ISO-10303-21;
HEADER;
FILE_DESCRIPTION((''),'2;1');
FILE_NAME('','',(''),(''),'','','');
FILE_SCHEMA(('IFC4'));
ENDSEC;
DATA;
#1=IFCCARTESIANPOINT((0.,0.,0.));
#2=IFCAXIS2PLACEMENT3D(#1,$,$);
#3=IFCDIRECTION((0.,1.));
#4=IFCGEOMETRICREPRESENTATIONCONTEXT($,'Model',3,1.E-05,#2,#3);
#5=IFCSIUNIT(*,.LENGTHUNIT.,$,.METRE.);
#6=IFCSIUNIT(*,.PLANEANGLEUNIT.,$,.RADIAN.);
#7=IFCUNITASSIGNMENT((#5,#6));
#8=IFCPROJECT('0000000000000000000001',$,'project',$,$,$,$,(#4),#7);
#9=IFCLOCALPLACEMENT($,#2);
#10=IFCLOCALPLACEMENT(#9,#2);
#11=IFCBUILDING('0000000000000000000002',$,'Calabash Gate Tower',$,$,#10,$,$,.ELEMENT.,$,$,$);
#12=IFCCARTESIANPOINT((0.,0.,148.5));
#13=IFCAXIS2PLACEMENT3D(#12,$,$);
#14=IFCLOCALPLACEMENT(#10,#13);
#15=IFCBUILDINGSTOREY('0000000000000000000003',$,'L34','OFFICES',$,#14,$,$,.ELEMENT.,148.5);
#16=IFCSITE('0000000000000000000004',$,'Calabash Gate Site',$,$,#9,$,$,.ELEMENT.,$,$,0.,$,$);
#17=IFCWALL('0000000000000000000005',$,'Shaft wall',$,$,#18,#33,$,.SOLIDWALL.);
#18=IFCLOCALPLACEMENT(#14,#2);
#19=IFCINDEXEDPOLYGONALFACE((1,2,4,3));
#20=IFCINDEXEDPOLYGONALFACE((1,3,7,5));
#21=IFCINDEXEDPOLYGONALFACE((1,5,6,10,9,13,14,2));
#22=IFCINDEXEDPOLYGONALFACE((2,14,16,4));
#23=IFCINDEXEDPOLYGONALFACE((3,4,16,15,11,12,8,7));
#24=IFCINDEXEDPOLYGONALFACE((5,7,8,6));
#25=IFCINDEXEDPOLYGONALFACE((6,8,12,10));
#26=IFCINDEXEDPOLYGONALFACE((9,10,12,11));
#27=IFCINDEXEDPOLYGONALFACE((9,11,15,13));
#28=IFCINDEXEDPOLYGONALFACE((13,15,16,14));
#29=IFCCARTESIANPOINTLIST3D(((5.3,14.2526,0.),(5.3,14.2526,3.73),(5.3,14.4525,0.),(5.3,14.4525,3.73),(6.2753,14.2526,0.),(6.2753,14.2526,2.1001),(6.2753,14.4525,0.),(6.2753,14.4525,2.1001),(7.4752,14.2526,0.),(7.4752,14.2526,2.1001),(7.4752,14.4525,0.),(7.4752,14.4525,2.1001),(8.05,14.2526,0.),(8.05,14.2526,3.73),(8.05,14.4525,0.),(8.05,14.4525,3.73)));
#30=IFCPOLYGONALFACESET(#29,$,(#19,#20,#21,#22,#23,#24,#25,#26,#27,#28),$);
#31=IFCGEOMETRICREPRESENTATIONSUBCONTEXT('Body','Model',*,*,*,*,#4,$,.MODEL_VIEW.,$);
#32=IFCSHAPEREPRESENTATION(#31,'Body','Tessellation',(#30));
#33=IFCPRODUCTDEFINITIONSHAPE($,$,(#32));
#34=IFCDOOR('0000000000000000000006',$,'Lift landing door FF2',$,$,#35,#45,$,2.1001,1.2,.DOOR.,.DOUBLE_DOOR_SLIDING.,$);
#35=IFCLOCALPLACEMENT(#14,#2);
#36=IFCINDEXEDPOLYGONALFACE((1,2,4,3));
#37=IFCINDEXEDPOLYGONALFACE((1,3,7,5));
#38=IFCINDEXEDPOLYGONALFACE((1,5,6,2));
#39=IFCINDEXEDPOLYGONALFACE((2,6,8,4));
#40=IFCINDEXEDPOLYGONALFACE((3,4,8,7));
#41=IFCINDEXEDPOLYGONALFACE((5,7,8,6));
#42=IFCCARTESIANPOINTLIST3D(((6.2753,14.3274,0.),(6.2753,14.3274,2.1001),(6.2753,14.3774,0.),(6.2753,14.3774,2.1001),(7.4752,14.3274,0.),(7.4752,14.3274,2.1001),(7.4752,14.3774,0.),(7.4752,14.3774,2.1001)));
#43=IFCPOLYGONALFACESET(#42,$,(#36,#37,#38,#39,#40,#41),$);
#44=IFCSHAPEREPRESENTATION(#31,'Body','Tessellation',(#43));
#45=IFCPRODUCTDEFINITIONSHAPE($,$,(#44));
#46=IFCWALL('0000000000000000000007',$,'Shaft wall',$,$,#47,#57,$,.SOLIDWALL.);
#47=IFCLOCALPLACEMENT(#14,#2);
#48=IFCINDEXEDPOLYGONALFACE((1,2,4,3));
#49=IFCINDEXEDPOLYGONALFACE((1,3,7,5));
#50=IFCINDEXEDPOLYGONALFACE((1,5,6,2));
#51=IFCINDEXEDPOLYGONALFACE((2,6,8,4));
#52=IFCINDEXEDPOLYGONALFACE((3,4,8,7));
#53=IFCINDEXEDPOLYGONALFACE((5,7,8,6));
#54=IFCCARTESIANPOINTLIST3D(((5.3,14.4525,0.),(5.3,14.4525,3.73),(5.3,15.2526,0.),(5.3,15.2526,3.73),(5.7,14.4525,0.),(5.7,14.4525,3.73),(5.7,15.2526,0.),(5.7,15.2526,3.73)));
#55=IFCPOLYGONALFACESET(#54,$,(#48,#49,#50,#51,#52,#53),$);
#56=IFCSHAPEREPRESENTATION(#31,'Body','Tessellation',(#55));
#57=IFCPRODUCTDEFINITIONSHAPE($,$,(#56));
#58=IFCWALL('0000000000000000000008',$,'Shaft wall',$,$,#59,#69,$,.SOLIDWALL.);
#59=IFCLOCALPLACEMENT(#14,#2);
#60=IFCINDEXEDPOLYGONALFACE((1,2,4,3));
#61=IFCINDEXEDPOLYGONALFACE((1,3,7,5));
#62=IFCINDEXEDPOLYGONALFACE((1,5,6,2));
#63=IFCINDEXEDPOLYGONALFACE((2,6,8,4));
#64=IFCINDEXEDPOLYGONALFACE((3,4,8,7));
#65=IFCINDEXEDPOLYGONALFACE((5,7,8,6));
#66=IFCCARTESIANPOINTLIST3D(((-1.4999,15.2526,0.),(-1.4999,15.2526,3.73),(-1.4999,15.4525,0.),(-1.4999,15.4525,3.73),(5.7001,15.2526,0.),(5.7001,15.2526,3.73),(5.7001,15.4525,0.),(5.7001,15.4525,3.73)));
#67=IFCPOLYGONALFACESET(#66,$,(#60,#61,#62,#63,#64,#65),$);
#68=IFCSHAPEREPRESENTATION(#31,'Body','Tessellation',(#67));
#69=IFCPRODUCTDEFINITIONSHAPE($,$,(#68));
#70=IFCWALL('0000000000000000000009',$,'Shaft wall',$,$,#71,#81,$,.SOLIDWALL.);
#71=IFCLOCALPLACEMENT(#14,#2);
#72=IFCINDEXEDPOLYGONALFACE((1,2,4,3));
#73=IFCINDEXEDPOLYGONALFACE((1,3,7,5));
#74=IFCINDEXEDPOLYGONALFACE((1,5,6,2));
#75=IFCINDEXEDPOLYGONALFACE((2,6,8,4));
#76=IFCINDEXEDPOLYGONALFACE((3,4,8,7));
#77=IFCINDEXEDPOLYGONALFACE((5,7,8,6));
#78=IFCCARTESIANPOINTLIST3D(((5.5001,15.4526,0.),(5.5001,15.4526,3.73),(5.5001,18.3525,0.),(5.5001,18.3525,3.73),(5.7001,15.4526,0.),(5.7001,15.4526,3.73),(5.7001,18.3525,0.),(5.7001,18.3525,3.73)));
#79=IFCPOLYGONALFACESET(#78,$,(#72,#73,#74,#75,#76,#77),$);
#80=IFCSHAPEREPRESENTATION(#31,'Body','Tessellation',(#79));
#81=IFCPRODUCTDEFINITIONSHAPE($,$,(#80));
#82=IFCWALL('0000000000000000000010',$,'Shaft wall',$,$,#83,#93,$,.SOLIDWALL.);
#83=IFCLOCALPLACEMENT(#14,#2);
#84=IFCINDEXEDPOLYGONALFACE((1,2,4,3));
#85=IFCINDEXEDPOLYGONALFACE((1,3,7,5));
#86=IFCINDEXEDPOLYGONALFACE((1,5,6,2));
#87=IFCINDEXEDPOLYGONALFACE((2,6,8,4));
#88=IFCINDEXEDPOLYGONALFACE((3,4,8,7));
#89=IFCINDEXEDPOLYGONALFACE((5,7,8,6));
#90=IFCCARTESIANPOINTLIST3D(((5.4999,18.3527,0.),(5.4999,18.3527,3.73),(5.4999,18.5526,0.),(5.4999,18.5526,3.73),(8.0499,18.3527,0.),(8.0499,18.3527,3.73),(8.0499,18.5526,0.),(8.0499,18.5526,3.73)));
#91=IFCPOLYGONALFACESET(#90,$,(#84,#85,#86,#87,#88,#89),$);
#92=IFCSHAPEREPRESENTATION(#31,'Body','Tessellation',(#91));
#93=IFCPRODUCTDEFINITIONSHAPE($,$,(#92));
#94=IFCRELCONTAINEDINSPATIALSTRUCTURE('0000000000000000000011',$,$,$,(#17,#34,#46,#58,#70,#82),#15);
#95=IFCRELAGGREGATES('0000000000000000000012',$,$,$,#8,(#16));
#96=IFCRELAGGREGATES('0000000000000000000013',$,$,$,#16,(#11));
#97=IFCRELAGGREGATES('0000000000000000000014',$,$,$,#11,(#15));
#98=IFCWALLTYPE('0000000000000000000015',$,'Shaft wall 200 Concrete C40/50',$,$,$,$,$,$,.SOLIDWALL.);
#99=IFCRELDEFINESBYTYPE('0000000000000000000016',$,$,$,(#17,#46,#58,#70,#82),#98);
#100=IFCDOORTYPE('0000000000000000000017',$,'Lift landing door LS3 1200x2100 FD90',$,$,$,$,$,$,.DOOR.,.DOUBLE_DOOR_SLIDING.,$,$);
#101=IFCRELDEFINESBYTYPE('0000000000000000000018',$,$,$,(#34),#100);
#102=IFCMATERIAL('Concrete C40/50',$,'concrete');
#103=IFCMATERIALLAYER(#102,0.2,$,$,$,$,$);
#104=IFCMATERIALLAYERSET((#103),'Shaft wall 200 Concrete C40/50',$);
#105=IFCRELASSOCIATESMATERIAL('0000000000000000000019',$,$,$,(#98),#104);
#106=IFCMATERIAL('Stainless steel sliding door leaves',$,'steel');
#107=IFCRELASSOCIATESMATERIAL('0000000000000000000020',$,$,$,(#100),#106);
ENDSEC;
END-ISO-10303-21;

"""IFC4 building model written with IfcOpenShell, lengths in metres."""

from ifc_helpers import new_model, si_unit, direction, frame, frame_2d, origin, place, context, subcontext, project, spatial, rectangle, extrude, material, layer, layer_set, type_object, element, fill, save


model = new_model("IFC4")

# Units and contexts
model_context = context("Model", 3, precision=1e-05, world=origin(), true_north=direction((0.0, 1.0)))
body_context = subcontext(model_context, "Body", "Model", "MODEL_VIEW")
ifc_project = project(units=[si_unit("LENGTHUNIT", "METRE"), si_unit("PLANEANGLEUNIT", "RADIAN")], contexts=[model_context])

# Site, building, storey
site_placement = place(None, origin())
site = spatial("IfcSite", under=ifc_project, at=site_placement, Name="Calabash Gate Site", CompositionType="ELEMENT", RefElevation=0.0)
building_placement = place(site_placement, origin())
building = spatial("IfcBuilding", under=site, at=building_placement, Name="Calabash Gate Tower", CompositionType="ELEMENT")
storey_placement = place(building_placement, frame((0.0, 0.0, 148.5)))
storey = spatial("IfcBuildingStorey", under=building, at=storey_placement, Name="L34", Description="OFFICES", CompositionType="ELEMENT", Elevation=148.5)

# Shared definitions
ifc_material_1 = material(Name="Concrete C40/50", Category="concrete")
ifc_layer_1 = layer(ifc_material_1, 0.2)
ifc_layer_set_1 = layer_set([ifc_layer_1], Name="Shaft wall 200 Concrete C40/50")
wall_type_1 = type_object("IfcWallType", Name="Shaft wall 200 Concrete C40/50", PredefinedType="SOLIDWALL", material=ifc_layer_set_1)

# Wall, opening, door
wall_1_placement = place(storey_placement, frame((5.3, 14.3525, 0.0), z_axis=(0.0, 0.0, 1.0), x_axis=(1.0, 0.0, 0.0)))
wall_1 = element("IfcWall", 1, at=wall_1_placement, inside=storey, type_object=wall_type_1, Name="Shaft wall", PredefinedType="SOLIDWALL", context=body_context, shape_type="SweptSolid", body=[
    extrude(rectangle(XDim=2.75, YDim=0.2, at=frame_2d((1.375, 0.0))), origin(), (0.0, 0.0, 1.0), 3.73),
])
opening_1_placement = place(wall_1_placement, frame((0.9751, 0.0, 0.0)))
opening_1 = element("IfcOpeningElement", 2, at=opening_1_placement, cuts=wall_1, PredefinedType="OPENING", context=body_context, shape_type="SweptSolid", body=[
    extrude(rectangle(XDim=1.2, YDim=2.1001, at=frame_2d((0.6001, 1.05))), frame((0.0, 0.1099, 0.0), z_axis=(0.0, -1.0, 0.0), x_axis=(1.0, 0.0, 0.0)), (0.0, 0.0, 1.0), 0.22),
])
ifc_material_2 = material(Name="Stainless steel sliding door leaves", Category="steel")
door_type_1 = type_object("IfcDoorType", Name="Lift landing door LS3 1200x2100 FD90", OperationType="DOUBLE_DOOR_SLIDING", PredefinedType="DOOR", material=ifc_material_2)
door_1_placement = place(opening_1_placement, origin())
door_1 = element("IfcDoor", 3, at=door_1_placement, inside=storey, type_object=door_type_1, Name="Lift landing door FF2", OperationType="DOUBLE_DOOR_SLIDING", OverallHeight=2.1001, OverallWidth=1.2, PredefinedType="DOOR", context=body_context, shape_type="SweptSolid", body=[
    extrude(rectangle(XDim=1.2, YDim=2.1001, at=frame_2d((0.6001, 1.05))), frame((0.0, 0.0249, 0.0), z_axis=(0.0, -1.0, 0.0), x_axis=(1.0, 0.0, 0.0)), (0.0, 0.0, 1.0), 0.05),
])
fill(opening_1, door_1)

# Walls
wall_2_placement = place(storey_placement, frame((5.5, 14.4526, 0.0), z_axis=(0.0, 0.0, 1.0), x_axis=(0.0, 1.0, 0.0)))
element("IfcWall", 4, at=wall_2_placement, inside=storey, type_object=wall_type_1, Name="Shaft wall", PredefinedType="SOLIDWALL", context=body_context, shape_type="SweptSolid", body=[
    extrude(rectangle(XDim=0.8, YDim=0.3999, at=frame_2d((0.3999, 0.0))), origin(), (0.0, 0.0, 1.0), 3.73),
])
wall_3_placement = place(storey_placement, frame((-1.5, 15.3525, 0.0), z_axis=(0.0, 0.0, 1.0), x_axis=(1.0, 0.0, 0.0)))
element("IfcWall", 5, at=wall_3_placement, inside=storey, type_object=wall_type_1, Name="Shaft wall", PredefinedType="SOLIDWALL", context=body_context, shape_type="SweptSolid", body=[
    extrude(rectangle(XDim=7.2, YDim=0.2, at=frame_2d((3.6001, 0.0))), origin(), (0.0, 0.0, 1.0), 3.73),
])
wall_4_placement = place(storey_placement, frame((5.6001, 15.4526, 0.0), z_axis=(0.0, 0.0, 1.0), x_axis=(0.0, 1.0, 0.0)))
element("IfcWall", 6, at=wall_4_placement, inside=storey, type_object=wall_type_1, Name="Shaft wall", PredefinedType="SOLIDWALL", context=body_context, shape_type="SweptSolid", body=[
    extrude(rectangle(XDim=2.8999, YDim=0.2, at=frame_2d((1.45, 0.0))), origin(), (0.0, 0.0, 1.0), 3.73),
])
wall_5_placement = place(storey_placement, frame((5.5, 18.4526, 0.0), z_axis=(0.0, 0.0, 1.0), x_axis=(1.0, 0.0, 0.0)))
element("IfcWall", 7, at=wall_5_placement, inside=storey, type_object=wall_type_1, Name="Shaft wall", PredefinedType="SOLIDWALL", context=body_context, shape_type="SweptSolid", body=[
    extrude(rectangle(XDim=2.55, YDim=0.2, at=frame_2d((1.2749, 0.0))), origin(), (0.0, 0.0, 1.0), 3.73),
])

save(model, "model.ifc")
